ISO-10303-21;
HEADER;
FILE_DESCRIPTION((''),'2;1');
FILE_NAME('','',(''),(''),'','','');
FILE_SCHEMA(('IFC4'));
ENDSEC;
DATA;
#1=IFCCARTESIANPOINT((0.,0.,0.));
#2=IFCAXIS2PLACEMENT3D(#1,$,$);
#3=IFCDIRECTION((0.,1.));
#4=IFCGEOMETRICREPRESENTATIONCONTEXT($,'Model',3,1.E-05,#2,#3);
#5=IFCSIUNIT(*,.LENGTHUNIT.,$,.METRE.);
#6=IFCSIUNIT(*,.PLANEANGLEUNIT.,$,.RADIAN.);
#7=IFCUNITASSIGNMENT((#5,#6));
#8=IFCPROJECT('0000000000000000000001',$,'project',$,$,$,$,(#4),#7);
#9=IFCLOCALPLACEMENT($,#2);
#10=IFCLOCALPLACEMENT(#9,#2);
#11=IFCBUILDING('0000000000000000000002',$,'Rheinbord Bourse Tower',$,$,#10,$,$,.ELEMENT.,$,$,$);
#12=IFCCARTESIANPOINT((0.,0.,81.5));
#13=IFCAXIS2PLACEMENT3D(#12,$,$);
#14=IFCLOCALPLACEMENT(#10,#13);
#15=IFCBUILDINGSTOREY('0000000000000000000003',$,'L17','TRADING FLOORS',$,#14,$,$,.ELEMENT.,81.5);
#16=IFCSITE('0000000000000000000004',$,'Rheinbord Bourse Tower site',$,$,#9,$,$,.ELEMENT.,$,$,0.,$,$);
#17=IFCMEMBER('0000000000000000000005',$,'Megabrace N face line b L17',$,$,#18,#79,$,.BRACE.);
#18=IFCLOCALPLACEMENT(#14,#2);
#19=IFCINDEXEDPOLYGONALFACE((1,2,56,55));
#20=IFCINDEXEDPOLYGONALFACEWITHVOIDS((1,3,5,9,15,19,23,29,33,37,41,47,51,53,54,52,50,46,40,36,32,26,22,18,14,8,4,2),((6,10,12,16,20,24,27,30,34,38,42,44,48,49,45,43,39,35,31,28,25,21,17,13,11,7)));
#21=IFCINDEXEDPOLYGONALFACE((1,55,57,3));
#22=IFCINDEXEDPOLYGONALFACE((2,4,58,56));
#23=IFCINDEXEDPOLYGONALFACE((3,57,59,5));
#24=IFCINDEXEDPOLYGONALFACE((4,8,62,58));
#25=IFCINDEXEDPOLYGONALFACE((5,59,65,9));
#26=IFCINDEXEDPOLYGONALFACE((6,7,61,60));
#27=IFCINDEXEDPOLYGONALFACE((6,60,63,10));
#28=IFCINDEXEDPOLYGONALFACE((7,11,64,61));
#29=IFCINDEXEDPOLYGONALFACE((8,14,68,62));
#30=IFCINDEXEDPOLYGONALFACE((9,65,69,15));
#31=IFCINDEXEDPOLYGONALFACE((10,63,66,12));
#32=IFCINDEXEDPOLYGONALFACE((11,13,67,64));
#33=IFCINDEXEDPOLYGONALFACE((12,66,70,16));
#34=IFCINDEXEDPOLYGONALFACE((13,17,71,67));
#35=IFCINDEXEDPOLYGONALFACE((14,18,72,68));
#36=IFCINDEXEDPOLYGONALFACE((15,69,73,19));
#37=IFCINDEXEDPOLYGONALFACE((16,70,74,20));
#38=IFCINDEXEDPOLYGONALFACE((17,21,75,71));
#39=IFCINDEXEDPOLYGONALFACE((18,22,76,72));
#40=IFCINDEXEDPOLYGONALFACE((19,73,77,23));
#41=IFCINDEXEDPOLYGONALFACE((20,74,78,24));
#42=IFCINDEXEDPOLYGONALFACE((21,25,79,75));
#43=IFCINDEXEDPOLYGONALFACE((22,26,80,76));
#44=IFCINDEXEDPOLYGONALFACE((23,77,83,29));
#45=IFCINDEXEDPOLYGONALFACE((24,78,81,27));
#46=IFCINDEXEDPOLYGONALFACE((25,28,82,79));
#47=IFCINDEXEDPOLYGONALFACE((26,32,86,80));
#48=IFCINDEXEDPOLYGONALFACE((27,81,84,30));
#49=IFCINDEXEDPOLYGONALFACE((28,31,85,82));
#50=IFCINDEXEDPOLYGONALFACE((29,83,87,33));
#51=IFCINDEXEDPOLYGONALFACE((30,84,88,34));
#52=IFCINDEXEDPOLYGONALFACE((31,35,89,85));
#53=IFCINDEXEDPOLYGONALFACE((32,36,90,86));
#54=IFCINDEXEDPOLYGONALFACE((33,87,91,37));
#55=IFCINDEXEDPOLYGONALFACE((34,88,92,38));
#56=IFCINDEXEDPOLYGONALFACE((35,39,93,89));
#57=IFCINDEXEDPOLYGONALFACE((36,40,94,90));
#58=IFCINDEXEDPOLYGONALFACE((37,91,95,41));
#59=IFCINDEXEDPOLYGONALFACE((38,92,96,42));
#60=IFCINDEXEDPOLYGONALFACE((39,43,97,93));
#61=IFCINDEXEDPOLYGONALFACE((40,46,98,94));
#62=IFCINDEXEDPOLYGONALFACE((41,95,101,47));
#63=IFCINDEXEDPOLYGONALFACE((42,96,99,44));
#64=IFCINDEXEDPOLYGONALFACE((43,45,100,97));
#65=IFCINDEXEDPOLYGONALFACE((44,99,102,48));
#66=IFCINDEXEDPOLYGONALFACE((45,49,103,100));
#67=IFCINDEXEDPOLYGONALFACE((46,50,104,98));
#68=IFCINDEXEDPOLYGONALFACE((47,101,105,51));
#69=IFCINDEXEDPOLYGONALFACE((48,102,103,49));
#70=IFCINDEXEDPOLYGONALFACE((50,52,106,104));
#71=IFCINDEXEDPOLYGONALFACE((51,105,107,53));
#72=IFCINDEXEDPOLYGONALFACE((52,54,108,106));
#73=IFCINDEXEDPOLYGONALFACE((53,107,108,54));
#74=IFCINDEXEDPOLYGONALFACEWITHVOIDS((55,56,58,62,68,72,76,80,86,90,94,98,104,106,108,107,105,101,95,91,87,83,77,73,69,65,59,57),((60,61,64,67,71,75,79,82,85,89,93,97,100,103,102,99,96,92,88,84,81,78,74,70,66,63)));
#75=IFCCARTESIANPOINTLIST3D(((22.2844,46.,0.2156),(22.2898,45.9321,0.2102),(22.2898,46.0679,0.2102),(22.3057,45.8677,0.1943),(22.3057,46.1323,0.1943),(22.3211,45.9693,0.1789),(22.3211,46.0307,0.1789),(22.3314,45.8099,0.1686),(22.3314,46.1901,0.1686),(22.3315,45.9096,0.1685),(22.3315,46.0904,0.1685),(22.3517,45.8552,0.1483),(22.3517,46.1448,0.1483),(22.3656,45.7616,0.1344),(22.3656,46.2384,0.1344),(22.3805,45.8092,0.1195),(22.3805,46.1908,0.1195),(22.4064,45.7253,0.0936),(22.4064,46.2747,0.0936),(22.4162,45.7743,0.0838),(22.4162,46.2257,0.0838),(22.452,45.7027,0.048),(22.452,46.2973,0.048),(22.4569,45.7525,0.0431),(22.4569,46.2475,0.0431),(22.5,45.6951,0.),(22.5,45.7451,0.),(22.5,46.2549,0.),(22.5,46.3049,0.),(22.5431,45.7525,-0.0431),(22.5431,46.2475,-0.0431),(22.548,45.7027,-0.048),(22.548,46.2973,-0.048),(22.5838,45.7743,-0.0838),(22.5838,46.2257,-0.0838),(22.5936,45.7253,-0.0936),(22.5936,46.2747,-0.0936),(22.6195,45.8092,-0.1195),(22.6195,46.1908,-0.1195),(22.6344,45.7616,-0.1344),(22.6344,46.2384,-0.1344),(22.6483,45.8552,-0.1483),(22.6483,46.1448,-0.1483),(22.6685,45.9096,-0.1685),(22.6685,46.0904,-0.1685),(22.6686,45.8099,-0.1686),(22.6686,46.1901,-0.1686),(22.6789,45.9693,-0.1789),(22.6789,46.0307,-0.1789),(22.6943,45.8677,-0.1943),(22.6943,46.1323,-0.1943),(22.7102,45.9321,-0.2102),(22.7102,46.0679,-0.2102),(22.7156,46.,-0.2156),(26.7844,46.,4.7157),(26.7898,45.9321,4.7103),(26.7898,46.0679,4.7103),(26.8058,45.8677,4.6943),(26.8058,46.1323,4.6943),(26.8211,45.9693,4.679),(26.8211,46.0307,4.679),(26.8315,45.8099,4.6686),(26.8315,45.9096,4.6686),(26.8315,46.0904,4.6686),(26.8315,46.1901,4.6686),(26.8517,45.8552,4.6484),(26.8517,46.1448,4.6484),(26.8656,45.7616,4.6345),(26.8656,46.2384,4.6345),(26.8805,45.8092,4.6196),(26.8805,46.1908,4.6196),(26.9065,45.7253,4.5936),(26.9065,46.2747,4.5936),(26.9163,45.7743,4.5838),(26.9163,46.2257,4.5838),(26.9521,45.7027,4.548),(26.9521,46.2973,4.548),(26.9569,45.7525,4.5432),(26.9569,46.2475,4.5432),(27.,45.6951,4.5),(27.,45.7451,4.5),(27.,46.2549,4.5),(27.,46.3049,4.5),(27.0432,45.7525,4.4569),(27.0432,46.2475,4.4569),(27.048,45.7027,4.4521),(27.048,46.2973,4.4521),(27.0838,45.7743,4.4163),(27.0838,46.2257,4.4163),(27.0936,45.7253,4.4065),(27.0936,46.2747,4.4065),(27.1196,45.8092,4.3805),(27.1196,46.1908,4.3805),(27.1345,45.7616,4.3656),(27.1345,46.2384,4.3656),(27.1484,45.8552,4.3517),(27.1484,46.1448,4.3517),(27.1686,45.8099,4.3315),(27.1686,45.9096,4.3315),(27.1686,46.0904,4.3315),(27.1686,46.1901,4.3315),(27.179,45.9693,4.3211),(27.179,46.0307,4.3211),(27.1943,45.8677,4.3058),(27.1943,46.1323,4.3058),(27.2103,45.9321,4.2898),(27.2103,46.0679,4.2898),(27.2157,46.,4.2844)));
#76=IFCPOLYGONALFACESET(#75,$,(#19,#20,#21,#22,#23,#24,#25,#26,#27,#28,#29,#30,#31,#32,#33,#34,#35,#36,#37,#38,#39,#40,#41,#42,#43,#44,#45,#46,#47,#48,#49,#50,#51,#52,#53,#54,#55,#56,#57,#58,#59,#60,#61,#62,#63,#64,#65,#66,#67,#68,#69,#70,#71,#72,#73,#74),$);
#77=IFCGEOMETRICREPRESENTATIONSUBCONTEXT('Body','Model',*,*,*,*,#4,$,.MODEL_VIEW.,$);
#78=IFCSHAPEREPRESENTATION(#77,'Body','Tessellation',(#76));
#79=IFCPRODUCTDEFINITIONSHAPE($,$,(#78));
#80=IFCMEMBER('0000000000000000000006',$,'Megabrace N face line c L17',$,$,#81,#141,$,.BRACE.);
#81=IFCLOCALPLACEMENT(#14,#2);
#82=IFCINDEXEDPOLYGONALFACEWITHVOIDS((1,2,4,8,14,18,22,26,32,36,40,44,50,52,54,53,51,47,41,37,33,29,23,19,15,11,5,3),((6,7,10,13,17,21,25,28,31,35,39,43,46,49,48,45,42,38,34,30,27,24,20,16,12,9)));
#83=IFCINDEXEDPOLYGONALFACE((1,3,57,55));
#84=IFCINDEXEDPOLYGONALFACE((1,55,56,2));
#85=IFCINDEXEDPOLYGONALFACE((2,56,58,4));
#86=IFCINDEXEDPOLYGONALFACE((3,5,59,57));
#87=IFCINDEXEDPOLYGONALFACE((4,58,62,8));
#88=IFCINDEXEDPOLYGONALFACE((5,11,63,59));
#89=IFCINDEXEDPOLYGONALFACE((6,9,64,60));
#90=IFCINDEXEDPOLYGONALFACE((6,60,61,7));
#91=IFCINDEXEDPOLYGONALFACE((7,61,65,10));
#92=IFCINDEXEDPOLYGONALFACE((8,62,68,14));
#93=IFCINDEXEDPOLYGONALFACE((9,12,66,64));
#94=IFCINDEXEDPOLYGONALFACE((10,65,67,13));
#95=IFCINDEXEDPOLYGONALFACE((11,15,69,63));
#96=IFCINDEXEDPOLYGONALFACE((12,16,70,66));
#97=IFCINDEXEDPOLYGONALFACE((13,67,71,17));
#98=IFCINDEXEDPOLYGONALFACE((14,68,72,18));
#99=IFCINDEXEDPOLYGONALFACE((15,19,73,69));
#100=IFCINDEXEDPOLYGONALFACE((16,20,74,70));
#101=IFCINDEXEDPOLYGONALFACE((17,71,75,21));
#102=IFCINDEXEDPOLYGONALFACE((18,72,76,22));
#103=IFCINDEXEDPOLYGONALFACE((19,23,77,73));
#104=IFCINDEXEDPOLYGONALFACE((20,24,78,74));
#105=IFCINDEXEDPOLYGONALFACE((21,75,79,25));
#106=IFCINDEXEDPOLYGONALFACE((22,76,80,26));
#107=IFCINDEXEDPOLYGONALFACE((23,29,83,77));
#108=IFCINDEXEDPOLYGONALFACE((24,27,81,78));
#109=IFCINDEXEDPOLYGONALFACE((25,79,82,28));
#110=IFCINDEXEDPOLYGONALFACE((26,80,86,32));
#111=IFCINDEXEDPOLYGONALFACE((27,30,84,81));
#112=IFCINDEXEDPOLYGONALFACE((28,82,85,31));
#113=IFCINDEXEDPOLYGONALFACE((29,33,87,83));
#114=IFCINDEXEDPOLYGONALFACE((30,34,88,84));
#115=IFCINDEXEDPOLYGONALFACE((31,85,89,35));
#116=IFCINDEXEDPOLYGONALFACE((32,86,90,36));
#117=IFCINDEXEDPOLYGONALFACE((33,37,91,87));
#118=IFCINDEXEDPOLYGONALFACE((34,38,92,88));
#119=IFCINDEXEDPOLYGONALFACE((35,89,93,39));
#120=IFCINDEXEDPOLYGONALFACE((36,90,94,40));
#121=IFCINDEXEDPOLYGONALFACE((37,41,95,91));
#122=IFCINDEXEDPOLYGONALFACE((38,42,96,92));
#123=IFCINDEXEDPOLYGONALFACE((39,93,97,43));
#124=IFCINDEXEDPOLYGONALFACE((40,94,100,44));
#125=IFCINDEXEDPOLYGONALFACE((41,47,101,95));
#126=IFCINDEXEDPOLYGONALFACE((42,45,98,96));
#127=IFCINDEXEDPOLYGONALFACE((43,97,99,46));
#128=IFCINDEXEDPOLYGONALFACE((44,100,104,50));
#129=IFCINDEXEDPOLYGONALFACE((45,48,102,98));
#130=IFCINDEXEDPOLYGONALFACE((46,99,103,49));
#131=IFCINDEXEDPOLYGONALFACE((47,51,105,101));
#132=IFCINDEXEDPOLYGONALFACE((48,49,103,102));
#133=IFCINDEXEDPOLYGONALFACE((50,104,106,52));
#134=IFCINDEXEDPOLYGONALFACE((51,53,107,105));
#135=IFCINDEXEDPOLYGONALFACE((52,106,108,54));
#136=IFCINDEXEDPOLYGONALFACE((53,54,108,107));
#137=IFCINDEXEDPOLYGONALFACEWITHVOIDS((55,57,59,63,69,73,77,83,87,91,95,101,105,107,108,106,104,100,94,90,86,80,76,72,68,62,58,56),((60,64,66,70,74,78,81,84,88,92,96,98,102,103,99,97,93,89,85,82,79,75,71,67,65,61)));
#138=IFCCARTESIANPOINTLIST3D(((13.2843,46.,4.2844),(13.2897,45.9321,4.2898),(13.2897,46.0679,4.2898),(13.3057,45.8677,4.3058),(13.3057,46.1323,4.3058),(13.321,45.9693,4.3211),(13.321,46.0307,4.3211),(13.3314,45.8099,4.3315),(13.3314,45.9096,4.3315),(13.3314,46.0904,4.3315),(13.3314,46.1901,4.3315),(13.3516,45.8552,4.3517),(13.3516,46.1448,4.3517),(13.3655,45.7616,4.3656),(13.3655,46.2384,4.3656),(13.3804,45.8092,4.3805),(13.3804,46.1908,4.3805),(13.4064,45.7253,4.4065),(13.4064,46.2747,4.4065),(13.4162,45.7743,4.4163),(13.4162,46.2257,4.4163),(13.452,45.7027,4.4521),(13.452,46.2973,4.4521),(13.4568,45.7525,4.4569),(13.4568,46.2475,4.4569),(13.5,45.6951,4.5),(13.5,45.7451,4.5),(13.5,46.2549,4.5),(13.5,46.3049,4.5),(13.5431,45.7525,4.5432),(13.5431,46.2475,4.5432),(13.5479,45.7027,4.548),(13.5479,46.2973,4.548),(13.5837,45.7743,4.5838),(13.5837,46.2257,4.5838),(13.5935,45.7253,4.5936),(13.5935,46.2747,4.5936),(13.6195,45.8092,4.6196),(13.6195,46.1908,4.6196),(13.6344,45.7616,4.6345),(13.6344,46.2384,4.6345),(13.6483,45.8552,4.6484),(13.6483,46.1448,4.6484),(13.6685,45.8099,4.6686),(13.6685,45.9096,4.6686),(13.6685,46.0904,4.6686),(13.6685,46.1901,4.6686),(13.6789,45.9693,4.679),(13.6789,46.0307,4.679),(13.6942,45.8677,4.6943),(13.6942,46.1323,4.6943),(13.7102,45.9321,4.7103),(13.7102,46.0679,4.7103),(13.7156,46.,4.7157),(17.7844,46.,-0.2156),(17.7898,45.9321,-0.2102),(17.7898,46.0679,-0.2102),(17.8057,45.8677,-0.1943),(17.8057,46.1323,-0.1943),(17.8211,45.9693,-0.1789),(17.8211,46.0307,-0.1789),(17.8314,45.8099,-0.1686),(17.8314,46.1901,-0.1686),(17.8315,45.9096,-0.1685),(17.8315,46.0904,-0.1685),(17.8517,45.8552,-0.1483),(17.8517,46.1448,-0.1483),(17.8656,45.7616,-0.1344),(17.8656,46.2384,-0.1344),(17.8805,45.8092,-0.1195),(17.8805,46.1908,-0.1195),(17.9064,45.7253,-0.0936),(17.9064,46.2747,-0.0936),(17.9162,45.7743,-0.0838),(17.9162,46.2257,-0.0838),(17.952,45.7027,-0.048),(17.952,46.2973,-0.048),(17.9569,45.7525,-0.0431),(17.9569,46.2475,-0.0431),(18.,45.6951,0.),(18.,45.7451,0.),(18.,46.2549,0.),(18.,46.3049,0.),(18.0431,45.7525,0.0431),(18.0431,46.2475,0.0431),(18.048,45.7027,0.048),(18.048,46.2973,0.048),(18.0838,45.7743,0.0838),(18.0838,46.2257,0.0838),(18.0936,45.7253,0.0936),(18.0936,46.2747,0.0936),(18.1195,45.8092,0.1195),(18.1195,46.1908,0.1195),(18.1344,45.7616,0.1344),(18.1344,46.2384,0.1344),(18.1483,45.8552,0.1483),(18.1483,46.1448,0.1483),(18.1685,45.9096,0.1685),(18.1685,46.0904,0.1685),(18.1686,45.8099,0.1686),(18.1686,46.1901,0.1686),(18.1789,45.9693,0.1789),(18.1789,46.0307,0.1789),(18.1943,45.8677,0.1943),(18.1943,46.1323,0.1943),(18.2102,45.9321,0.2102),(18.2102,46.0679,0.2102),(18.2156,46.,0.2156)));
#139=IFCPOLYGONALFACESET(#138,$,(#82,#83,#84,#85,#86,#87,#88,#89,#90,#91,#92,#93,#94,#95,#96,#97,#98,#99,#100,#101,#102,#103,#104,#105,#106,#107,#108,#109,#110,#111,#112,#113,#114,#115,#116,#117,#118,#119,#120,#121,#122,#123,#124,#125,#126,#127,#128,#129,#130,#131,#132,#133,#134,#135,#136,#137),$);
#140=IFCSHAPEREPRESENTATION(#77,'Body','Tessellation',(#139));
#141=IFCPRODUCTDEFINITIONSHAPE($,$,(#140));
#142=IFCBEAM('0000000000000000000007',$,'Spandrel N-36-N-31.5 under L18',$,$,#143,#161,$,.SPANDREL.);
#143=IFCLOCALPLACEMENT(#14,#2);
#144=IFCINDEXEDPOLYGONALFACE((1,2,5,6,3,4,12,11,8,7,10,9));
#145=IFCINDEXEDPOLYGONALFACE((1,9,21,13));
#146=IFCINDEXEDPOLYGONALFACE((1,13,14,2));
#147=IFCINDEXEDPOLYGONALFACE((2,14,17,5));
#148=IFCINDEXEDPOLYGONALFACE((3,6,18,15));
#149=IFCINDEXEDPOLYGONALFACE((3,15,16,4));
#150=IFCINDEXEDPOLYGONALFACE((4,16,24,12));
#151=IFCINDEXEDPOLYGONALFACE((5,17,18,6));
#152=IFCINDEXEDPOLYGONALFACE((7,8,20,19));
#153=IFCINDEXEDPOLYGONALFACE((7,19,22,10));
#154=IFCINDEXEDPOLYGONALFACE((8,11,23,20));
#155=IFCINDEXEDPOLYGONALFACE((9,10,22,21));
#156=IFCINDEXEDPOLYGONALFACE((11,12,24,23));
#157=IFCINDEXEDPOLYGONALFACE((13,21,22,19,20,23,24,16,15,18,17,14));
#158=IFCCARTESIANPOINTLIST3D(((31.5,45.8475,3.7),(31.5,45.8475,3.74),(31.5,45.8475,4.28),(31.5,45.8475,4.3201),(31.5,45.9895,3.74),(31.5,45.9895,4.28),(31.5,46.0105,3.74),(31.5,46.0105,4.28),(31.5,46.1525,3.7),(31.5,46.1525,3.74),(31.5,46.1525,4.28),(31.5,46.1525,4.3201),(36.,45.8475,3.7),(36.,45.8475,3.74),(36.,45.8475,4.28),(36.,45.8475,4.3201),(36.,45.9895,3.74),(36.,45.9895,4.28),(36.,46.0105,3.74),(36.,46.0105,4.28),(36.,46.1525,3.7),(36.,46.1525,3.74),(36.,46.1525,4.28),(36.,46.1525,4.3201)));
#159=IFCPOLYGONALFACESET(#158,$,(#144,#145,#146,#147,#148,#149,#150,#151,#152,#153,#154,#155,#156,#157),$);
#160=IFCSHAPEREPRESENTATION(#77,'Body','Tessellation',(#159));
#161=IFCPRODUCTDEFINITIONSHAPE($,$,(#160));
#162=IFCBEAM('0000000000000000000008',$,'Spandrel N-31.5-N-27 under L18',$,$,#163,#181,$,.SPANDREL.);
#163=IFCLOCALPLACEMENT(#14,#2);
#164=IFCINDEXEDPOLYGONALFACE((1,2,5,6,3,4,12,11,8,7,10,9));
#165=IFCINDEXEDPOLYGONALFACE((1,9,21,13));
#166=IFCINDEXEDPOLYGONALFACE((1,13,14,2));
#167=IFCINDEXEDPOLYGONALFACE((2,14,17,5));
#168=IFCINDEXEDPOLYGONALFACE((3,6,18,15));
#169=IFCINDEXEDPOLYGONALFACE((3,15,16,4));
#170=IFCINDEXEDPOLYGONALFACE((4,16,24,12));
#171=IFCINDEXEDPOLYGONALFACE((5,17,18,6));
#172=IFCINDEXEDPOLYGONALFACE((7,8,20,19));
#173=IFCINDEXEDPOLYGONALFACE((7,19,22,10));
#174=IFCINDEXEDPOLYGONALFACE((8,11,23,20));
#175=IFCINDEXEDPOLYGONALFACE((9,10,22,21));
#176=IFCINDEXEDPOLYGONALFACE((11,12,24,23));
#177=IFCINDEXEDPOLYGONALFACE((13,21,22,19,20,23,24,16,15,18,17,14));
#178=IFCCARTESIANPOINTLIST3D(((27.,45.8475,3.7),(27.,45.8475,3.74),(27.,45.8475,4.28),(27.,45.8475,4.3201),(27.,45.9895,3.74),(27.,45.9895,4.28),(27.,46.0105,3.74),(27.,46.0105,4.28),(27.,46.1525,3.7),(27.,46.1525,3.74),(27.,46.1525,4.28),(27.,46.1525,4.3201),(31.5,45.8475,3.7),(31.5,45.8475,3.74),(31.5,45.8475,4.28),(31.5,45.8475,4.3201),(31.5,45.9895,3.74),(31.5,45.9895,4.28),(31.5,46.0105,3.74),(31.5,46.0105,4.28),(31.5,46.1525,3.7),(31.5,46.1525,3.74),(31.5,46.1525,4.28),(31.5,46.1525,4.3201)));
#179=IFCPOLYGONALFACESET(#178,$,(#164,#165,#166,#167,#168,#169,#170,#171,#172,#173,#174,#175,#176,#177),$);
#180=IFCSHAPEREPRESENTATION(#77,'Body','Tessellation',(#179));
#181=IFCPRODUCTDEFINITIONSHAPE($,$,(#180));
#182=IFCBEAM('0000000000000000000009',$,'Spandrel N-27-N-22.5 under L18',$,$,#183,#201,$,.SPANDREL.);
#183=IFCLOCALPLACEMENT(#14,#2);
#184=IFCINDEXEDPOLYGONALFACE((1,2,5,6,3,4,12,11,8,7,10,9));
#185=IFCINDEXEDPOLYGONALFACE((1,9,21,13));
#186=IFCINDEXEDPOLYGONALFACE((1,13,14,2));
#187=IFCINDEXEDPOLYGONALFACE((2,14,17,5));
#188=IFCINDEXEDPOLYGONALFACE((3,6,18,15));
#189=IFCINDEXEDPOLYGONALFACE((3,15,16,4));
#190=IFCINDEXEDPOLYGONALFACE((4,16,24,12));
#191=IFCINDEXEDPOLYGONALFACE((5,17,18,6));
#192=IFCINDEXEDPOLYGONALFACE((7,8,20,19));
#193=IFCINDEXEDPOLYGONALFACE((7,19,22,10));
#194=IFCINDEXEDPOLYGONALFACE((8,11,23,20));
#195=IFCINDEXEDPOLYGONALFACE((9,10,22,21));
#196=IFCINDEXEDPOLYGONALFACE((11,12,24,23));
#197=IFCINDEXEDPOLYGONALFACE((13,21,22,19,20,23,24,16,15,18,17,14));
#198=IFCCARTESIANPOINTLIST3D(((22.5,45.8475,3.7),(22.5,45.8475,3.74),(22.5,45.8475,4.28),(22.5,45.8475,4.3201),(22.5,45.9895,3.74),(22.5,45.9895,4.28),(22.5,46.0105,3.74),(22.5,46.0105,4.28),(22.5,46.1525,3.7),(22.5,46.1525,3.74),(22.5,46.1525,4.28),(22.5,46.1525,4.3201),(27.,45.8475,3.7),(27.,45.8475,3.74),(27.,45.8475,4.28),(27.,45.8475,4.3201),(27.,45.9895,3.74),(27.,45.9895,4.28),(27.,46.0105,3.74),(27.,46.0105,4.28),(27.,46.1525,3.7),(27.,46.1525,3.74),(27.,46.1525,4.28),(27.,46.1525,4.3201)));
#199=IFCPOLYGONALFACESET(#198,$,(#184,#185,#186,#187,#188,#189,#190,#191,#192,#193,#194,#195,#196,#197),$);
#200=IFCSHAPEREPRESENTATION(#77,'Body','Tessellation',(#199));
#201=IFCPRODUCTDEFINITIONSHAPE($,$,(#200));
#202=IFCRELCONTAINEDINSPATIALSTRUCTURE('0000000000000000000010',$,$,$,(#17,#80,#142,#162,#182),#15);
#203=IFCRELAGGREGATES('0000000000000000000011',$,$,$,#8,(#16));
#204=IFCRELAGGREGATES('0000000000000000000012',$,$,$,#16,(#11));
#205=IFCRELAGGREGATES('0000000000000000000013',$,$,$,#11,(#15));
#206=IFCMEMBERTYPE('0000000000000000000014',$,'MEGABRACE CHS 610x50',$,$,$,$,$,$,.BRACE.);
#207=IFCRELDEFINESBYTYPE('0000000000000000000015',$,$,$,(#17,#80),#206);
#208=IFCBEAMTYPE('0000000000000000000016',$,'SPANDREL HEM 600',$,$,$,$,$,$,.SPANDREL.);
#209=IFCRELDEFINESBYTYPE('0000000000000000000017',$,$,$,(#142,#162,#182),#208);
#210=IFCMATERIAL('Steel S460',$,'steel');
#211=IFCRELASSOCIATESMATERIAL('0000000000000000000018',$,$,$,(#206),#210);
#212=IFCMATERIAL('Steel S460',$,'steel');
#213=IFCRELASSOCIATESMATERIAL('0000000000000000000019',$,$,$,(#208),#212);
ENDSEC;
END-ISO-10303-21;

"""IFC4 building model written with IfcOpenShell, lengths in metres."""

from ifc_helpers import new_model, si_unit, direction, frame, origin, origin_2d, place, context, subcontext, project, spatial, hollow_circle, i_section, extrude, material, material_profile, profile_set, type_object, element, save


model = new_model("IFC4")

# Units and contexts
model_context = context("Model", 3, precision=1e-05, world=origin(), true_north=direction((0.0, 1.0)))
body_context = subcontext(model_context, "Body", "Model", "MODEL_VIEW")
ifc_project = project(units=[si_unit("LENGTHUNIT", "METRE"), si_unit("PLANEANGLEUNIT", "RADIAN")], contexts=[model_context])

# Site, building, storey
site_placement = place(None, origin())
site = spatial("IfcSite", under=ifc_project, at=site_placement, Name="Rheinbord Bourse Tower site", CompositionType="ELEMENT", RefElevation=0.0)
building_placement = place(site_placement, origin())
building = spatial("IfcBuilding", under=site, at=building_placement, Name="Rheinbord Bourse Tower", CompositionType="ELEMENT")
storey_placement = place(building_placement, frame((0.0, 0.0, 81.5)))
storey = spatial("IfcBuildingStorey", under=building, at=storey_placement, Name="L17", Description="TRADING FLOORS", CompositionType="ELEMENT", Elevation=81.5)

# Members
ifc_material_1 = material(Name="Steel S460", Category="steel")
ifc_material_profile_1 = material_profile(ifc_material_1, hollow_circle(Radius=0.3049, WallThickness=0.05, at=origin_2d()), Name="CHS 610x50")
ifc_profile_set_1 = profile_set([ifc_material_profile_1], Name="Steel S460")
member_type_1 = type_object("IfcMemberType", Name="MEGABRACE CHS 610x50", PredefinedType="BRACE", material=ifc_profile_set_1)
for number, where, z_axis, x_axis, name in (
    (1, (22.5, 46.0, 0.0), (0.707107, 0.0, 0.707107), (0.0, 1.0, 0.0), "Megabrace N face line b L17"),
    (2, (18.0, 46.0, 0.0), (-0.707107, 0.0, 0.707107), (0.0, -1.0, 0.0), "Megabrace N face line c L17"),
):
    element("IfcMember", number, at=place(storey_placement, frame(where, z_axis=z_axis, x_axis=x_axis)), inside=storey, type_object=member_type_1, Name=name, PredefinedType="BRACE", context=body_context, shape_type="SweptSolid", body=[
        extrude(hollow_circle(Radius=0.3049, WallThickness=0.05, at=origin_2d()), origin(), (0.0, 0.0, 1.0), 6.364),
    ])

# Beams
ifc_material_2 = material(Name="Steel S460", Category="steel")
ifc_material_profile_2 = material_profile(ifc_material_2, i_section(OverallWidth=0.3049, OverallDepth=0.6201, WebThickness=0.021, FlangeThickness=0.04, at=origin_2d()), Name="HEM 600")
ifc_profile_set_2 = profile_set([ifc_material_profile_2], Name="Steel S460")
beam_type_1 = type_object("IfcBeamType", Name="SPANDREL HEM 600", PredefinedType="SPANDREL", material=ifc_profile_set_2)
for number, where, z_axis, x_axis, name in (
    (3, (36.0, 46.0, 4.01), (-1.0, 0.0, 0.0), (0.0, -1.0, 0.0), "Spandrel N-36-N-31.5 under L18"),
    (4, (31.5, 46.0, 4.01), (-1.0, 0.0, 0.0), (0.0, -1.0, 0.0), "Spandrel N-31.5-N-27 under L18"),
    (5, (27.0, 46.0, 4.01), (-1.0, 0.0, 0.0), (0.0, -1.0, 0.0), "Spandrel N-27-N-22.5 under L18"),
):
    element("IfcBeam", number, at=place(storey_placement, frame(where, z_axis=z_axis, x_axis=x_axis)), inside=storey, type_object=beam_type_1, Name=name, PredefinedType="SPANDREL", context=body_context, shape_type="SweptSolid", body=[
        extrude(i_section(OverallWidth=0.3049, OverallDepth=0.6201, WebThickness=0.021, FlangeThickness=0.04, at=origin_2d()), origin(), (0.0, 0.0, 1.0), 4.5),
    ])

save(model, "model.ifc")
